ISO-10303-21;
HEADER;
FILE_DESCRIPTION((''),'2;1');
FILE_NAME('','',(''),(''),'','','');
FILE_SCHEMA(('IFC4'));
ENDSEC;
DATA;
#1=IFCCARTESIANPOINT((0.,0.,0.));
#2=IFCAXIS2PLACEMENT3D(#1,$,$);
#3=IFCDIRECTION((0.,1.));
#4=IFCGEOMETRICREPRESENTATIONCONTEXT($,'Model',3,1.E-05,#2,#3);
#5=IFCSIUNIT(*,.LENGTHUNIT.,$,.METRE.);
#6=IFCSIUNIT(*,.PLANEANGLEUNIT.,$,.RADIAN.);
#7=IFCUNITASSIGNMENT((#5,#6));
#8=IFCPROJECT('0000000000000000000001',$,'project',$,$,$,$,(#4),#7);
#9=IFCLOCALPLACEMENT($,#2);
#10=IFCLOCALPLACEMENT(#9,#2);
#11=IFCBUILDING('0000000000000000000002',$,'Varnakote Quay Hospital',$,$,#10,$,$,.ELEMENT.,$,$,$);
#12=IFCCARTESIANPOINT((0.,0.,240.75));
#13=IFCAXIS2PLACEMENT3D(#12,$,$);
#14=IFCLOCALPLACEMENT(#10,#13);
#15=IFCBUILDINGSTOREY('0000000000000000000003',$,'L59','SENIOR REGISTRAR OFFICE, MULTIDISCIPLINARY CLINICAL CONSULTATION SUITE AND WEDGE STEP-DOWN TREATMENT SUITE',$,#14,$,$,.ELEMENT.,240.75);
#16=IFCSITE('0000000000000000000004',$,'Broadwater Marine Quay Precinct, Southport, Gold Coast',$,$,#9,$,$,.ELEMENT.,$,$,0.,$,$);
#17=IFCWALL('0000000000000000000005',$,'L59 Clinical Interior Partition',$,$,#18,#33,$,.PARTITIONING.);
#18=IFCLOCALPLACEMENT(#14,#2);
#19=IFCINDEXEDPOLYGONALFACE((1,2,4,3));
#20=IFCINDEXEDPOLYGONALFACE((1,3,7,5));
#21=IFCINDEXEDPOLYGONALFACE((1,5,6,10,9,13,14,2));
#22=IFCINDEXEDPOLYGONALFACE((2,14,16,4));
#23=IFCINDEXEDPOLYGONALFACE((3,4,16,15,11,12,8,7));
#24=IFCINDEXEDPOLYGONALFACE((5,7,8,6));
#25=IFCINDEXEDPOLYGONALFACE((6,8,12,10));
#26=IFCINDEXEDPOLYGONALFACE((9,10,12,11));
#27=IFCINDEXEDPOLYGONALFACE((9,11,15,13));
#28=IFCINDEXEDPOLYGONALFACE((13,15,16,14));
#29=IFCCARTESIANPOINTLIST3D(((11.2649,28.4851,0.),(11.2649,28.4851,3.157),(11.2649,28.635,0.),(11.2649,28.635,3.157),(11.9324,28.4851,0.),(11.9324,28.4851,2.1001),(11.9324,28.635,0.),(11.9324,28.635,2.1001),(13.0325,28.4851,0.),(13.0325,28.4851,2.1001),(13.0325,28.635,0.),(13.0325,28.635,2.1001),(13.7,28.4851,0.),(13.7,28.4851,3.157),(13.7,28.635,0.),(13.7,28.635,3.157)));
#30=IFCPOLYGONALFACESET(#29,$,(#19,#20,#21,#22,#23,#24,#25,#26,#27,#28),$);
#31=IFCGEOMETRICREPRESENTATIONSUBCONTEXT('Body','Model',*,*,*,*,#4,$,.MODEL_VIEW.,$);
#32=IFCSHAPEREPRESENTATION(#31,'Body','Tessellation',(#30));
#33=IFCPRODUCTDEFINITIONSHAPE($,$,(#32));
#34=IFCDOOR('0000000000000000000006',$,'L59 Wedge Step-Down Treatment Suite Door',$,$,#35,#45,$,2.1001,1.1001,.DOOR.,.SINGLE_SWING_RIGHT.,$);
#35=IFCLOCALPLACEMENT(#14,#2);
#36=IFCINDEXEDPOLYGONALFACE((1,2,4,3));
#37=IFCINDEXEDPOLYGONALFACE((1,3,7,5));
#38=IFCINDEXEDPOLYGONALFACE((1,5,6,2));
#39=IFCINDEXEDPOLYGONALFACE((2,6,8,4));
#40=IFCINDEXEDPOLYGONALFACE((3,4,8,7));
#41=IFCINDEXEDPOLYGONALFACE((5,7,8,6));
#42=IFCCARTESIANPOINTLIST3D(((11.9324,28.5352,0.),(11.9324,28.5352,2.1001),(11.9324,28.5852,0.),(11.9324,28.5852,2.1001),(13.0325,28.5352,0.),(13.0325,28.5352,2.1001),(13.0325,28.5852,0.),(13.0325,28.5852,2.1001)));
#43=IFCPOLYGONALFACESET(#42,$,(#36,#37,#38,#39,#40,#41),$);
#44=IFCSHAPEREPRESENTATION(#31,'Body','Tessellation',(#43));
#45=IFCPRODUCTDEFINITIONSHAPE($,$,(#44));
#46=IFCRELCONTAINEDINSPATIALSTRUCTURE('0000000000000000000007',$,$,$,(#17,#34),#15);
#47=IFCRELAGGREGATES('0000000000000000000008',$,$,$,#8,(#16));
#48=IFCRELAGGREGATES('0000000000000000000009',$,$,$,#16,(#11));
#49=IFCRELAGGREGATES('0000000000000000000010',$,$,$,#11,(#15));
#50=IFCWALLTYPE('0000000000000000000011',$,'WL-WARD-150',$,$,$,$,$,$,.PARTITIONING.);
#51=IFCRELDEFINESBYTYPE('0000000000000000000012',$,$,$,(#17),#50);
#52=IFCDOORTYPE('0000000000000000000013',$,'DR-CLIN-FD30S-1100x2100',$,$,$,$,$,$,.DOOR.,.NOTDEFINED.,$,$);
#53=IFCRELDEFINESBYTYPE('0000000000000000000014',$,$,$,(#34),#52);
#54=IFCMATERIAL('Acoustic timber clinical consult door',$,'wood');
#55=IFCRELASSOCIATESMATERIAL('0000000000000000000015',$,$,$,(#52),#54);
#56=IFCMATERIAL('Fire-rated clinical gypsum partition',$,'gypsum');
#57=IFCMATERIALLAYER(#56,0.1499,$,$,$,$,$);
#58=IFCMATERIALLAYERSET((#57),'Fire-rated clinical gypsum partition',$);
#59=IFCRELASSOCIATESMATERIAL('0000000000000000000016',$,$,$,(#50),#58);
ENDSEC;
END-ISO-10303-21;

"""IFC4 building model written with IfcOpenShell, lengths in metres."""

from ifc_helpers import new_model, si_unit, direction, frame, frame_2d, origin, place, context, subcontext, project, spatial, rectangle, extrude, material, layer, layer_set, type_object, element, fill, save


model = new_model("IFC4")

# Units and contexts
model_context = context("Model", 3, precision=1e-05, world=origin(), true_north=direction((0.0, 1.0)))
body_context = subcontext(model_context, "Body", "Model", "MODEL_VIEW")
ifc_project = project(units=[si_unit("LENGTHUNIT", "METRE"), si_unit("PLANEANGLEUNIT", "RADIAN")], contexts=[model_context])

# Site, building, storey
site_placement = place(None, origin())
site = spatial("IfcSite", under=ifc_project, at=site_placement, Name="Broadwater Marine Quay Precinct, Southport, Gold Coast", CompositionType="ELEMENT", RefElevation=0.0)
building_placement = place(site_placement, origin())
building = spatial("IfcBuilding", under=site, at=building_placement, Name="Varnakote Quay Hospital", CompositionType="ELEMENT")
storey_placement = place(building_placement, frame((0.0, 0.0, 240.75)))
storey = spatial("IfcBuildingStorey", under=building, at=storey_placement, Name="L59", Description="SENIOR REGISTRAR OFFICE, MULTIDISCIPLINARY CLINICAL CONSULTATION SUITE AND WEDGE STEP-DOWN TREATMENT SUITE", CompositionType="ELEMENT", Elevation=240.75)

# Shared definitions
ifc_material_1 = material(Name="Acoustic timber clinical consult door", Category="wood")
door_type = type_object("IfcDoorType", Name="DR-CLIN-FD30S-1100x2100", OperationType="NOTDEFINED", PredefinedType="DOOR", material=ifc_material_1)

# Shared definitions
ifc_material_2 = material(Name="Fire-rated clinical gypsum partition", Category="gypsum")
ifc_layer_1 = layer(ifc_material_2, 0.1499)
ifc_layer_set_1 = layer_set([ifc_layer_1], Name="Fire-rated clinical gypsum partition")
wall_type_1 = type_object("IfcWallType", Name="WL-WARD-150", PredefinedType="PARTITIONING", material=ifc_layer_set_1)

# Wall, opening, door
wall_1_placement = place(storey_placement, frame((13.7, 28.5601, 0.0), z_axis=(0.0, 0.0, 1.0), x_axis=(-1.0, 0.0, 0.0)))
wall_1 = element("IfcWall", 1, at=wall_1_placement, inside=storey, type_object=wall_type_1, Name="L59 Clinical Interior Partition", PredefinedType="PARTITIONING", context=body_context, shape_type="SweptSolid", body=[
    extrude(rectangle(XDim=2.4351, YDim=0.1499, at=frame_2d((1.2175, 0.0))), origin(), (0.0, 0.0, 1.0), 3.157),
])
opening_1_placement = place(wall_1_placement, frame((0.6675, 0.0, 0.0)))
opening_1 = element("IfcOpeningElement", 2, at=opening_1_placement, cuts=wall_1, PredefinedType="OPENING", context=body_context, shape_type="SweptSolid", body=[
    extrude(rectangle(XDim=1.1001, YDim=2.1001, at=frame_2d((0.55, 1.05))), frame((0.0, 0.085, 0.0), z_axis=(0.0, -1.0, 0.0), x_axis=(1.0, 0.0, 0.0)), (0.0, 0.0, 1.0), 0.1699),
])
door_1_placement = place(opening_1_placement, origin())
door_1 = element("IfcDoor", 3, at=door_1_placement, inside=storey, type_object=door_type, Name="L59 Wedge Step-Down Treatment Suite Door", OperationType="SINGLE_SWING_RIGHT", OverallHeight=2.1001, OverallWidth=1.1001, PredefinedType="DOOR", context=body_context, shape_type="SweptSolid", body=[
    extrude(rectangle(XDim=1.1001, YDim=2.1001, at=frame_2d((0.55, 1.05))), frame((0.0, 0.0249, 0.0), z_axis=(0.0, -1.0, 0.0), x_axis=(1.0, 0.0, 0.0)), (0.0, 0.0, 1.0), 0.05),
])
fill(opening_1, door_1)

save(model, "model.ifc")
